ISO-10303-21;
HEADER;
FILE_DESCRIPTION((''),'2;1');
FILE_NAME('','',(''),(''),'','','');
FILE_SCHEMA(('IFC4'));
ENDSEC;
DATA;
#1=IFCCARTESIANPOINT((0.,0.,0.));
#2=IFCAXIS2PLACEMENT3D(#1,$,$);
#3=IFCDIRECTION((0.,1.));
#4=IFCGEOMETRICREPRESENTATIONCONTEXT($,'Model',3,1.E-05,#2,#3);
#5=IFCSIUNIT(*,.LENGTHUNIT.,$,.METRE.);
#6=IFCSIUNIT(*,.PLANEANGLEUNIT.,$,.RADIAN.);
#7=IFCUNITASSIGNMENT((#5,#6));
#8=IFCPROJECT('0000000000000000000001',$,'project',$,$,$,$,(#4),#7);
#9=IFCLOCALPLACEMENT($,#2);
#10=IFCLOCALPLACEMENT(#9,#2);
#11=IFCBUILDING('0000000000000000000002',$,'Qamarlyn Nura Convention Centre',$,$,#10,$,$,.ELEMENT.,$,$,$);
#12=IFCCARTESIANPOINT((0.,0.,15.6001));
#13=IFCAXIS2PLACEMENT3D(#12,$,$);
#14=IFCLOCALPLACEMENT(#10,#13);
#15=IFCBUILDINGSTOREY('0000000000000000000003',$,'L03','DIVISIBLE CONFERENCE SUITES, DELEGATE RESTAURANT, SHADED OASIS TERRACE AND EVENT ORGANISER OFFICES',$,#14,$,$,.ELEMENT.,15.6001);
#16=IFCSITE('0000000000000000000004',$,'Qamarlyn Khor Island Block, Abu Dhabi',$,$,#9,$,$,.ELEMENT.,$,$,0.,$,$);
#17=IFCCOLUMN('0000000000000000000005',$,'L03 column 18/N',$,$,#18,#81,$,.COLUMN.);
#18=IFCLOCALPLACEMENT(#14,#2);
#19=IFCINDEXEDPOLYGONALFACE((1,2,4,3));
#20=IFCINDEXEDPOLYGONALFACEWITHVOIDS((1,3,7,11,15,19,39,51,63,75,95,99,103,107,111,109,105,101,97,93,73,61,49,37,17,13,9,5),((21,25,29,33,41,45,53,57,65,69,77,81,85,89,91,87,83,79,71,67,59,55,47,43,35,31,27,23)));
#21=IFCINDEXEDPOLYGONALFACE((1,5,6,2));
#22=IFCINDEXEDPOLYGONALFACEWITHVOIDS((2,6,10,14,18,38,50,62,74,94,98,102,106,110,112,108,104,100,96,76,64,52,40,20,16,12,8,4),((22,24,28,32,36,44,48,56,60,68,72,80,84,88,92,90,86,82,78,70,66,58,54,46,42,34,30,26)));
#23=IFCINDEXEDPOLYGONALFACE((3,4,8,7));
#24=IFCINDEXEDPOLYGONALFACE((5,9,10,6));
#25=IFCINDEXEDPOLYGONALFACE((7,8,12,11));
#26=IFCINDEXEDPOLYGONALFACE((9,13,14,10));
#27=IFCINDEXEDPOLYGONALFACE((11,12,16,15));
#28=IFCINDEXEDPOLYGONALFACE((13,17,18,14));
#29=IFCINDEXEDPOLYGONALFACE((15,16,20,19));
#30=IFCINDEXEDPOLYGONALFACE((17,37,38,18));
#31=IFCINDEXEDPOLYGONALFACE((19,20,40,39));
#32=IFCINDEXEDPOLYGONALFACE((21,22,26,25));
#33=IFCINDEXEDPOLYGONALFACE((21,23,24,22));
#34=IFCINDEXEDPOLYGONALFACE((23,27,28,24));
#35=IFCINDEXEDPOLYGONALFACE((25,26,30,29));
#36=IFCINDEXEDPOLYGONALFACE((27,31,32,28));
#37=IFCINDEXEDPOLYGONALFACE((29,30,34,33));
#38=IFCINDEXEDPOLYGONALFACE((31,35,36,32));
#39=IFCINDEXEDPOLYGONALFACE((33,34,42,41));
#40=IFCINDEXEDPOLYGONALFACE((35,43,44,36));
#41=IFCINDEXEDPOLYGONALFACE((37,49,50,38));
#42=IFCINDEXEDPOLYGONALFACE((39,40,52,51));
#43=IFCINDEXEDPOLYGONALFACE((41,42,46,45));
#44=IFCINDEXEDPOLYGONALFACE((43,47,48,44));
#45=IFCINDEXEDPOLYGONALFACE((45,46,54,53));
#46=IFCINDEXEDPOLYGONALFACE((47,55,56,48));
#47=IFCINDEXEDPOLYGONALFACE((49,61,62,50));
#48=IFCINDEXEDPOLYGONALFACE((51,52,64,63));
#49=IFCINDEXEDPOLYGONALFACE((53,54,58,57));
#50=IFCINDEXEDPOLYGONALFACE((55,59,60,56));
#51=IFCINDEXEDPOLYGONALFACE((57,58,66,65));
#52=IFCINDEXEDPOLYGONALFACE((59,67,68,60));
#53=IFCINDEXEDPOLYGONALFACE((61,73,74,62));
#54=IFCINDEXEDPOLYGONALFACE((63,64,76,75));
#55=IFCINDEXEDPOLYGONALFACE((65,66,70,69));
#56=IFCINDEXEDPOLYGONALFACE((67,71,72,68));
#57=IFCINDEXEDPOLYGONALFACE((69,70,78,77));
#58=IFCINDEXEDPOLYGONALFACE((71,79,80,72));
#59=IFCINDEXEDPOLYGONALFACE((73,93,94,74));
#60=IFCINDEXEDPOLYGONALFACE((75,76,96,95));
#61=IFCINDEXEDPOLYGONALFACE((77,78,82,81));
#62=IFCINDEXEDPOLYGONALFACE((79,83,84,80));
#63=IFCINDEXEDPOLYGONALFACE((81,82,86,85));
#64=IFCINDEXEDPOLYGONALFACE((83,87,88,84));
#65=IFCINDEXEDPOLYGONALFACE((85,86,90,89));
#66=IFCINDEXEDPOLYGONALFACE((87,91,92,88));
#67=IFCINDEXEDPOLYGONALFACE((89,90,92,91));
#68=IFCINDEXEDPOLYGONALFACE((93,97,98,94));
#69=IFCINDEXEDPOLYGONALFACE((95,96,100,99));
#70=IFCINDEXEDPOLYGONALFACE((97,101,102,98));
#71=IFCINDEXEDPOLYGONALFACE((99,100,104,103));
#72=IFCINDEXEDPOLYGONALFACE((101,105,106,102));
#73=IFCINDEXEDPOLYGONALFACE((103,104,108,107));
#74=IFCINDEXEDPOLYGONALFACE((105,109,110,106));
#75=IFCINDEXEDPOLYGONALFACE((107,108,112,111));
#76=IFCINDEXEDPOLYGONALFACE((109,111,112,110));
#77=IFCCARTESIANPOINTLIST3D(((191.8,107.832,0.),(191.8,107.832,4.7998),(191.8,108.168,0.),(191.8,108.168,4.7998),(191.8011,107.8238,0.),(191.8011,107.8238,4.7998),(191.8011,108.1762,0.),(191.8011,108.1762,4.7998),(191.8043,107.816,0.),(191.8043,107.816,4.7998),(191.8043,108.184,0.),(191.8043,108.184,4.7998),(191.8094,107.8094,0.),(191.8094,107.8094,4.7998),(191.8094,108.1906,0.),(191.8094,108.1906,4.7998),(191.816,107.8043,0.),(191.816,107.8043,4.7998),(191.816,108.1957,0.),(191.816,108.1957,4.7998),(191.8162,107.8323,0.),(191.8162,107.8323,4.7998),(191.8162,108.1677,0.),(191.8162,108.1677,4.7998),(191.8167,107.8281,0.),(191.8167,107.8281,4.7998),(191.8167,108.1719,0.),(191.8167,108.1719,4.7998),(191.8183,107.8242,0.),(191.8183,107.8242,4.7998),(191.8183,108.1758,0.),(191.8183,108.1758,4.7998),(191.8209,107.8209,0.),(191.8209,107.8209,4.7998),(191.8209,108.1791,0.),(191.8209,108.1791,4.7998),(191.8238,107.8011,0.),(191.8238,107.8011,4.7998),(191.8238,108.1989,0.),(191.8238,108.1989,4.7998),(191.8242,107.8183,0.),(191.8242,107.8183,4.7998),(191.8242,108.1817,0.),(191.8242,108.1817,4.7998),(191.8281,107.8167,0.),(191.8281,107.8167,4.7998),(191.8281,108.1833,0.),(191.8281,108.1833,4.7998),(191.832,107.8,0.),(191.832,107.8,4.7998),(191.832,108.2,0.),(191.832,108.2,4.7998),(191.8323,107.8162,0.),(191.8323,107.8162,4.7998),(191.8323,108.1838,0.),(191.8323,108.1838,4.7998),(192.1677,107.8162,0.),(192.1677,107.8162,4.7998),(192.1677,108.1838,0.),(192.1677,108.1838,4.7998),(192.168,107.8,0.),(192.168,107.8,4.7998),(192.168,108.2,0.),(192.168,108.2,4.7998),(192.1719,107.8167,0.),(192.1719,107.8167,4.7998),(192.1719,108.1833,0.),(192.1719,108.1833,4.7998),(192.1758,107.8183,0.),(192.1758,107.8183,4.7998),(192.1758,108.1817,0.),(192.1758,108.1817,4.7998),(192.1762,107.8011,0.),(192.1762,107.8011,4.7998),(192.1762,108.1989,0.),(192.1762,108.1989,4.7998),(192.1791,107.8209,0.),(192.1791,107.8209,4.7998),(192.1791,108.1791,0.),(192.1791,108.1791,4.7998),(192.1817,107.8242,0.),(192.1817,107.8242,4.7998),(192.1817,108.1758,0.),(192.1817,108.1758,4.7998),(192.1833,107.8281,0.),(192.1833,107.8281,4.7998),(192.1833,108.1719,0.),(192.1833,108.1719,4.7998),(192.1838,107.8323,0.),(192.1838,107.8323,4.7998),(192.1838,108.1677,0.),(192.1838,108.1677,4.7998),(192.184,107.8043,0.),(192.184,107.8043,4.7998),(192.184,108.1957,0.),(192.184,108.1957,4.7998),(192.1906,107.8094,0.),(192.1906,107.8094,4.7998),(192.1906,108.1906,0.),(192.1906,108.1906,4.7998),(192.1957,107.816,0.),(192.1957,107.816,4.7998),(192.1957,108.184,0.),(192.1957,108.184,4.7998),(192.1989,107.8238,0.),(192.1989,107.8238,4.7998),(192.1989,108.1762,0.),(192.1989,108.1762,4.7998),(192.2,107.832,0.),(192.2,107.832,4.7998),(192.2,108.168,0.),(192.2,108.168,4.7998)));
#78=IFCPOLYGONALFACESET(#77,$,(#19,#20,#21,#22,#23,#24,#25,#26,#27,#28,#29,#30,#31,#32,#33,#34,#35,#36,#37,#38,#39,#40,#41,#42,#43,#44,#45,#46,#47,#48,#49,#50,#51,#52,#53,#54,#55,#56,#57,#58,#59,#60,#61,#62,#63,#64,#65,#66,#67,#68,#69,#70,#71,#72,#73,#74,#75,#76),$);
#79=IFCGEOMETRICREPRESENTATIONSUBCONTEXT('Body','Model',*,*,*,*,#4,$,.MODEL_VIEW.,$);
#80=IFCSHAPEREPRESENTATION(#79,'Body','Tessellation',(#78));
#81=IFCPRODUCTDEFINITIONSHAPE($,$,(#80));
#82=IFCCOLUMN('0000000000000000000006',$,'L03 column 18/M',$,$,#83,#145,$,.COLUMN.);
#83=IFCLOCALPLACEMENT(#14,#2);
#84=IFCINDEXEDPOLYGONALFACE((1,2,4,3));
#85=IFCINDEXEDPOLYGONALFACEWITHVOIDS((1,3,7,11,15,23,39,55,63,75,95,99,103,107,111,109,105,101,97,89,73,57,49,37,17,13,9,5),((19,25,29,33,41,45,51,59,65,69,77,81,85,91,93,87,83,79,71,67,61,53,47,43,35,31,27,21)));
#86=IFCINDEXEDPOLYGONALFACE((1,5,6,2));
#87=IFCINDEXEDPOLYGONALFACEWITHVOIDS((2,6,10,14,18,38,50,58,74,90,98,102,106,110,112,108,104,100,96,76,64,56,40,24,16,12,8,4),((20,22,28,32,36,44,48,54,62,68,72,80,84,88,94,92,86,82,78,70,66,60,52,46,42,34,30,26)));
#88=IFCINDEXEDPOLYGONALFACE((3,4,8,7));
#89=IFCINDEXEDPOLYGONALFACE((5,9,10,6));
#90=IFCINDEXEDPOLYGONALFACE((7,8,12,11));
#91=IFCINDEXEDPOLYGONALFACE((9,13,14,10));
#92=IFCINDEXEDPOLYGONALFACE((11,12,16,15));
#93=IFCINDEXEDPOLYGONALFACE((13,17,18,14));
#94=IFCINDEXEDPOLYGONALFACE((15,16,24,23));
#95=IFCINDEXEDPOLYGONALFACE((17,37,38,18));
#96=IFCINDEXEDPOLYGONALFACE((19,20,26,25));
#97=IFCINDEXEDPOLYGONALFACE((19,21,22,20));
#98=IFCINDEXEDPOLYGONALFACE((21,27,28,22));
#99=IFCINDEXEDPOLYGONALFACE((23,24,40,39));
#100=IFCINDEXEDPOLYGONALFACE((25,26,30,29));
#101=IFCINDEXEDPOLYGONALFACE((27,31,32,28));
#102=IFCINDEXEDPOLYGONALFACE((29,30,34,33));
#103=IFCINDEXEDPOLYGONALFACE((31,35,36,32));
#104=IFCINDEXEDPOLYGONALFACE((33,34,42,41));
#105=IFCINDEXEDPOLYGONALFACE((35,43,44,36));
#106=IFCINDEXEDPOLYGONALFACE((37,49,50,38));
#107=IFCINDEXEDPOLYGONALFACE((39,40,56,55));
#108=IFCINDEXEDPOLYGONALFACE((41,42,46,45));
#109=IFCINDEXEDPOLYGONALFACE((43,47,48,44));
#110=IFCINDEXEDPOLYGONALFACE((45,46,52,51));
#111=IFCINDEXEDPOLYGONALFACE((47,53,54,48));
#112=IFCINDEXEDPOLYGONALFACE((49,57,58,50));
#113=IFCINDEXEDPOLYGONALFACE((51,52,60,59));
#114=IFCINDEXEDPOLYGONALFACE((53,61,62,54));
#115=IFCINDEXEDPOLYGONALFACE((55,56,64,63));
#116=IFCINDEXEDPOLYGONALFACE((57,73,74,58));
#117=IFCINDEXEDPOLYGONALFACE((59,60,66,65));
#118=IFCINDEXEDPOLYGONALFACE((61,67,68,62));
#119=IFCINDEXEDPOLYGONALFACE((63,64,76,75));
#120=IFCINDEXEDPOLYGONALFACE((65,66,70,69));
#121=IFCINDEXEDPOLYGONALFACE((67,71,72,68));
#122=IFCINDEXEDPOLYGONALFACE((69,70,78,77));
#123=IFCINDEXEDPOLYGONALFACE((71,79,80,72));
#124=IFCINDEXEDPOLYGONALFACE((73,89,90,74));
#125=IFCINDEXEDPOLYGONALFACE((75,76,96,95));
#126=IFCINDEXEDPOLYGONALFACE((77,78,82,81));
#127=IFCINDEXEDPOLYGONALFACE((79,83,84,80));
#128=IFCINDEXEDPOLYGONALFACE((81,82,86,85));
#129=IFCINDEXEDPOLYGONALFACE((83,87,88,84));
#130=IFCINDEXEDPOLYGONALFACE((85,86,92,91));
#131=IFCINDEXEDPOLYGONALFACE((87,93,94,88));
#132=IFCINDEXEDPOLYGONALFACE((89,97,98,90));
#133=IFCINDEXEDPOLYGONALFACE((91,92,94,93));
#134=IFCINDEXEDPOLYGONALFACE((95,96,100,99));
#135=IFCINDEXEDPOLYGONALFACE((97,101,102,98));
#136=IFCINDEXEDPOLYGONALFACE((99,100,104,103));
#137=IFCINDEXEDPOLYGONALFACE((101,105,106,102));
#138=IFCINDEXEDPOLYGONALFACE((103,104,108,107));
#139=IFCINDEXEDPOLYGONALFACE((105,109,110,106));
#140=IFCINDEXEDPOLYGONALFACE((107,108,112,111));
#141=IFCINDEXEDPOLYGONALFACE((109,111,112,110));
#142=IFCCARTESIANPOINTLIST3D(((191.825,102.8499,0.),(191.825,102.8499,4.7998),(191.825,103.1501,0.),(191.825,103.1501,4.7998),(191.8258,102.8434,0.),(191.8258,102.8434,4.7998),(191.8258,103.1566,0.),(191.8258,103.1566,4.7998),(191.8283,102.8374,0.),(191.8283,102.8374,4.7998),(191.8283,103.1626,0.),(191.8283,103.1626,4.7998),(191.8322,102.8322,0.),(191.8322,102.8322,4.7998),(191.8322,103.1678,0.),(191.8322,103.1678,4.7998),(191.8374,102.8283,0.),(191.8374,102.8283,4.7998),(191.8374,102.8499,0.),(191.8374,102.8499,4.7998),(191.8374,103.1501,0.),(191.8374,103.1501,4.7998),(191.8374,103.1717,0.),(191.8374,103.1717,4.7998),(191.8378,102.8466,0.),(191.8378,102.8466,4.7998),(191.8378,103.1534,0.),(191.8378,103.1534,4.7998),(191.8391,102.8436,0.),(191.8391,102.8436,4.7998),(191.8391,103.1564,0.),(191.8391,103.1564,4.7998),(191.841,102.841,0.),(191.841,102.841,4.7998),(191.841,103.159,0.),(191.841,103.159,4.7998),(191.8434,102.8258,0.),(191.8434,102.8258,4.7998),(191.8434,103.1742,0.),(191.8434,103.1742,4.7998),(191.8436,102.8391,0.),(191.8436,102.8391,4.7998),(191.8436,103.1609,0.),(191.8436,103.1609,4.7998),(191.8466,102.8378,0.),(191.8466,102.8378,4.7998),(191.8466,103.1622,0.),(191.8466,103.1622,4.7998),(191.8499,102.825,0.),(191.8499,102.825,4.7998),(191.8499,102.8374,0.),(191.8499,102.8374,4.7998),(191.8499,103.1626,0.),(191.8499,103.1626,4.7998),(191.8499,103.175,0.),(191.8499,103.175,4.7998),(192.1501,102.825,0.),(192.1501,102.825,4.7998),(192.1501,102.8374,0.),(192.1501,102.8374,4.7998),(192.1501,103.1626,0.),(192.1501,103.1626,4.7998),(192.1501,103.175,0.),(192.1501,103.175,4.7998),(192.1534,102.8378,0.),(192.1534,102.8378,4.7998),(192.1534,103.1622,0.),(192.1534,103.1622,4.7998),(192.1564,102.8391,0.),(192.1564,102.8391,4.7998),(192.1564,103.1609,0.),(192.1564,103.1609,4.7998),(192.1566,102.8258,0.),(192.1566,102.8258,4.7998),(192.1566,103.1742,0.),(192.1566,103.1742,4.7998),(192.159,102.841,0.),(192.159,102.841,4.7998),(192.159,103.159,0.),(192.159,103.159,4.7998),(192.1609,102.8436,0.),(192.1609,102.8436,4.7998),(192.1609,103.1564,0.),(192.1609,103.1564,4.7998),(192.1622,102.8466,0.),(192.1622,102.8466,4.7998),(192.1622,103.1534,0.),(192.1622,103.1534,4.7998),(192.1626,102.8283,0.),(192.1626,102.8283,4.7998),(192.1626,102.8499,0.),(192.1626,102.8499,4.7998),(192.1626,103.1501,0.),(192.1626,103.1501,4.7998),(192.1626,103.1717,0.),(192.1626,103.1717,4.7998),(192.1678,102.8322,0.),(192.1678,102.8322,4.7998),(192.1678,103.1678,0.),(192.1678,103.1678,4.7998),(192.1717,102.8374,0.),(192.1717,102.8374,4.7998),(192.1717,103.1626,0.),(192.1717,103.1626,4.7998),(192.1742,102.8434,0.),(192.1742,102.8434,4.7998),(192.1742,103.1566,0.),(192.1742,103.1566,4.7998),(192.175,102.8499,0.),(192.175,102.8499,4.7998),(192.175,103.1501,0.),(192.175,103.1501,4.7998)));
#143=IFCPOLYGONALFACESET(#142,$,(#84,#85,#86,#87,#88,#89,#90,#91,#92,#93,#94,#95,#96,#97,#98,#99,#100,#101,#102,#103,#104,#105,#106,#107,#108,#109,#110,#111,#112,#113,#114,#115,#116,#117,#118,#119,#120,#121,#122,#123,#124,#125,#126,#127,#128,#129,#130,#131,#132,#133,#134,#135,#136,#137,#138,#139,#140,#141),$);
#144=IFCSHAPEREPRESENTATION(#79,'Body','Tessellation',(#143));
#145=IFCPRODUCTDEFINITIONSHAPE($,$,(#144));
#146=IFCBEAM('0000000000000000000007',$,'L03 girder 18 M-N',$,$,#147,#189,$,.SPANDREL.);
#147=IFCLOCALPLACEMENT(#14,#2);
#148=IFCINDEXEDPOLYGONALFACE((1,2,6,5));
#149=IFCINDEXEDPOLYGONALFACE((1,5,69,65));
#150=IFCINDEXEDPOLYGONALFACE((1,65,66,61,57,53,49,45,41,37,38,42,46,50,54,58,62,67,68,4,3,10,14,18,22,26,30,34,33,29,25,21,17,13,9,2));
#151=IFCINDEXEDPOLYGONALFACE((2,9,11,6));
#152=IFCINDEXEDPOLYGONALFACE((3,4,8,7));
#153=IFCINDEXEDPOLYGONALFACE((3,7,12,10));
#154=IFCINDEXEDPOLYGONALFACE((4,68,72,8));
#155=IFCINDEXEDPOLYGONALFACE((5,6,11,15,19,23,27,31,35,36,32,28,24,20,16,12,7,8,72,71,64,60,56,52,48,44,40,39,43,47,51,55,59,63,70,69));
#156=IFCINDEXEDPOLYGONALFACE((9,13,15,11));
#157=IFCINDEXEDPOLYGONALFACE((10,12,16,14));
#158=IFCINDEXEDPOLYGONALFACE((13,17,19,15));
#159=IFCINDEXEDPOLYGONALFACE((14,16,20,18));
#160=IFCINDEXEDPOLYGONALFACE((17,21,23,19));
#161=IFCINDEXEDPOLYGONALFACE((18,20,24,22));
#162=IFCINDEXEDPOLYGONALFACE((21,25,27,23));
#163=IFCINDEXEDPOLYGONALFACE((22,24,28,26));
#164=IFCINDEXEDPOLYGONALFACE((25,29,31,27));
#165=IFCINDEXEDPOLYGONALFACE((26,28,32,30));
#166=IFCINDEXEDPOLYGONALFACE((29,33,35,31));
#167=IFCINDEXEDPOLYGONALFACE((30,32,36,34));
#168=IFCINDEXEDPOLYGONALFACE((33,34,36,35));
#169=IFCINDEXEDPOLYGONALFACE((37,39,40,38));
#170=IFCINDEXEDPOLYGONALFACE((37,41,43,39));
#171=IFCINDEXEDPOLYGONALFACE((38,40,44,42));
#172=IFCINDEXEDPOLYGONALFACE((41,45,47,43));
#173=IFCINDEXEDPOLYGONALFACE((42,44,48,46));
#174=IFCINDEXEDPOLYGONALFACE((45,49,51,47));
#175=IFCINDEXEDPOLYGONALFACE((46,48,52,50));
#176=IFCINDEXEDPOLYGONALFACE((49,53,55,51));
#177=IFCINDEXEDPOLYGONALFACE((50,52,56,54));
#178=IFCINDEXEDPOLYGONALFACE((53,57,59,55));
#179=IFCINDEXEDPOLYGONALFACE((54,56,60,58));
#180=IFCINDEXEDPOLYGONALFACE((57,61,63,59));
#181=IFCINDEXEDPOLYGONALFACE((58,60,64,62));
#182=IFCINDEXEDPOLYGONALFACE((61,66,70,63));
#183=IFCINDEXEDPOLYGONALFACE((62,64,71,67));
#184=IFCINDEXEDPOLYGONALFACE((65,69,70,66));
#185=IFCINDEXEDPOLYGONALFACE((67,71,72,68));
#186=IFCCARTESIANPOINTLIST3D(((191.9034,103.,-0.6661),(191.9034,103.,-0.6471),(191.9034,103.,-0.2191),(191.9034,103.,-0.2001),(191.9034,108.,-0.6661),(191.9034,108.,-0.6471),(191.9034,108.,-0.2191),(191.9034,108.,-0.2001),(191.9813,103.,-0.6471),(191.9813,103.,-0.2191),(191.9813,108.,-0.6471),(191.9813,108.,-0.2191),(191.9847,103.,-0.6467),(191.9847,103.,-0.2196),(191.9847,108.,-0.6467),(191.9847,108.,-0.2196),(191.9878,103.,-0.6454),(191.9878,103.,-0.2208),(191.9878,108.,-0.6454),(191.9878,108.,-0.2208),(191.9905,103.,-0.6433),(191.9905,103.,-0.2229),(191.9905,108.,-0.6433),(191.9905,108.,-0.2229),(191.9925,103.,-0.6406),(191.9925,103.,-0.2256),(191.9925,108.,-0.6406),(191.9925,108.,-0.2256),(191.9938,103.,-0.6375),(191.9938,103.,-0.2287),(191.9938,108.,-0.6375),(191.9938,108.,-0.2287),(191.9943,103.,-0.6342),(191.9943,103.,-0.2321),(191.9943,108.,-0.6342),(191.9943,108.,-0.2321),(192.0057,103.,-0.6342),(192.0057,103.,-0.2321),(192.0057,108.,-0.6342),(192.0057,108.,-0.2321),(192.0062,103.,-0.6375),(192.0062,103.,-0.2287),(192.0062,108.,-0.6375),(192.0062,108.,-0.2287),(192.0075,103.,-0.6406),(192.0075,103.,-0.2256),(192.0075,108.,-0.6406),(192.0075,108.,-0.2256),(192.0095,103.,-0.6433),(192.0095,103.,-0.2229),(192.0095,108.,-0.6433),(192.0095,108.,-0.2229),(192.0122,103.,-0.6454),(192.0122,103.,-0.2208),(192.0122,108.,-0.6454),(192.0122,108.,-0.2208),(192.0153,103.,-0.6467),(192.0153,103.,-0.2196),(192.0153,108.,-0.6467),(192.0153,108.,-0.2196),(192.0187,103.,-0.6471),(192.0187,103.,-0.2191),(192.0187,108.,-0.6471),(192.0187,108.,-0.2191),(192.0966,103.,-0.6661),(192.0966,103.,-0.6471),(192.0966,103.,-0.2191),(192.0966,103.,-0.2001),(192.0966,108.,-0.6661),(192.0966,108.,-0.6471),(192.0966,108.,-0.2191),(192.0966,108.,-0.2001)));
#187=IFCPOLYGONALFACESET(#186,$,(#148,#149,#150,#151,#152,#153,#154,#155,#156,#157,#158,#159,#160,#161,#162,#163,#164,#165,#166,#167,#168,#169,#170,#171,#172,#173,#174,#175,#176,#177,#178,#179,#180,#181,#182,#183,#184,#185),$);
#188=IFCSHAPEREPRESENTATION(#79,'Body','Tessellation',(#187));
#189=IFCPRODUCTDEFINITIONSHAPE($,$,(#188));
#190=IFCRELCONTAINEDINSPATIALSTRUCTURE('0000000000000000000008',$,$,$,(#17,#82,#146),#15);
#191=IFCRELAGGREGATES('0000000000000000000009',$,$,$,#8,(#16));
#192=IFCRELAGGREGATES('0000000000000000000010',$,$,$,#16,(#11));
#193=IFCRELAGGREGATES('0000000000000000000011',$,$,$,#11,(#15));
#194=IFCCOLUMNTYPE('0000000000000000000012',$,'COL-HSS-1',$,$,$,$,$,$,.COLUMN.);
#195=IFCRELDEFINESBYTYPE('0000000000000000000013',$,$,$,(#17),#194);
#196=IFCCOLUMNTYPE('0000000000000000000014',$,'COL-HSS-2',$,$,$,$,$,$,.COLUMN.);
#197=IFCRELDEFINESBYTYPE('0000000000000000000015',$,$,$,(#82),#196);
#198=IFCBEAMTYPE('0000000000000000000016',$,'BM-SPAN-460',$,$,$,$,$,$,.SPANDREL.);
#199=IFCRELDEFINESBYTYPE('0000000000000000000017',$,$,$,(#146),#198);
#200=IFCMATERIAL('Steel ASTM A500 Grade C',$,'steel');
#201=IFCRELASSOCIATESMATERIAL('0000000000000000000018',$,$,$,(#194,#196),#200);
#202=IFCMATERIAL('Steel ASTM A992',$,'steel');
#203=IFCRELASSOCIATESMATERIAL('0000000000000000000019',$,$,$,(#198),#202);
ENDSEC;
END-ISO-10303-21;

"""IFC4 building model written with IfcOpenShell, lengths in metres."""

from ifc_helpers import new_model, si_unit, direction, frame, origin, origin_2d, place, context, subcontext, project, spatial, hollow_rectangle, i_section, extrude, material, material_profile, profile_set, type_object, element, save


model = new_model("IFC4")

# Units and contexts
model_context = context("Model", 3, precision=1e-05, world=origin(), true_north=direction((0.0, 1.0)))
body_context = subcontext(model_context, "Body", "Model", "MODEL_VIEW")
ifc_project = project(units=[si_unit("LENGTHUNIT", "METRE"), si_unit("PLANEANGLEUNIT", "RADIAN")], contexts=[model_context])

# Site, building, storey
site_placement = place(None, origin())
site = spatial("IfcSite", under=ifc_project, at=site_placement, Name="Qamarlyn Khor Island Block, Abu Dhabi", CompositionType="ELEMENT", RefElevation=0.0)
building_placement = place(site_placement, origin())
building = spatial("IfcBuilding", under=site, at=building_placement, Name="Qamarlyn Nura Convention Centre", CompositionType="ELEMENT")
storey_placement = place(building_placement, frame((0.0, 0.0, 15.6001)))
storey = spatial("IfcBuildingStorey", under=building, at=storey_placement, Name="L03", Description="DIVISIBLE CONFERENCE SUITES, DELEGATE RESTAURANT, SHADED OASIS TERRACE AND EVENT ORGANISER OFFICES", CompositionType="ELEMENT", Elevation=15.6001)

# Columns
ifc_material_1 = material(Name="Steel ASTM A500 Grade C", Category="steel")
ifc_material_profile_1 = material_profile(ifc_material_1, hollow_rectangle(XDim=0.3999, YDim=0.3999, WallThickness=0.0161, InnerFilletRadius=0.0161, OuterFilletRadius=0.032, at=origin_2d()), Name="HSS400X400X16")
ifc_profile_set_1 = profile_set([ifc_material_profile_1], Name="Steel ASTM A500 Grade C")
column_type_1 = type_object("IfcColumnType", Name="COL-HSS-1", PredefinedType="COLUMN", material=ifc_profile_set_1)
column_1_placement = place(storey_placement, frame((192.0, 108.0, 0.0), z_axis=(0.0, 0.0, 1.0), x_axis=(1.0, 0.0, 0.0)))
element("IfcColumn", 1, at=column_1_placement, inside=storey, type_object=column_type_1, Name="L03 column 18/N", PredefinedType="COLUMN", context=body_context, shape_type="SweptSolid", body=[
    extrude(hollow_rectangle(XDim=0.3999, YDim=0.3999, WallThickness=0.0161, InnerFilletRadius=0.0161, OuterFilletRadius=0.032, at=origin_2d()), origin(), (0.0, 0.0, 1.0), 4.7998),
])
ifc_material_profile_2 = material_profile(ifc_material_1, hollow_rectangle(XDim=0.3501, YDim=0.3501, WallThickness=0.0125, InnerFilletRadius=0.0125, OuterFilletRadius=0.0249, at=origin_2d()), Name="HSS350X350X12.5")
ifc_profile_set_2 = profile_set([ifc_material_profile_2], Name="Steel ASTM A500 Grade C")
column_type_2 = type_object("IfcColumnType", Name="COL-HSS-2", PredefinedType="COLUMN", material=ifc_profile_set_2)
column_2_placement = place(storey_placement, frame((192.0, 103.0, 0.0), z_axis=(0.0, 0.0, 1.0), x_axis=(1.0, 0.0, 0.0)))
element("IfcColumn", 2, at=column_2_placement, inside=storey, type_object=column_type_2, Name="L03 column 18/M", PredefinedType="COLUMN", context=body_context, shape_type="SweptSolid", body=[
    extrude(hollow_rectangle(XDim=0.3501, YDim=0.3501, WallThickness=0.0125, InnerFilletRadius=0.0125, OuterFilletRadius=0.0249, at=origin_2d()), origin(), (0.0, 0.0, 1.0), 4.7998),
])

# Beam
ifc_material_2 = material(Name="Steel ASTM A992", Category="steel")
ifc_material_profile_3 = material_profile(ifc_material_2, i_section(OverallWidth=0.1931, OverallDepth=0.4661, WebThickness=0.0115, FlangeThickness=0.019, FilletRadius=0.0129, at=origin_2d()), Name="W460X97")
ifc_profile_set_3 = profile_set([ifc_material_profile_3], Name="Steel ASTM A992")
beam_type_1 = type_object("IfcBeamType", Name="BM-SPAN-460", PredefinedType="SPANDREL", material=ifc_profile_set_3)
beam_1_placement = place(storey_placement, frame((192.0, 103.0, -0.4331), z_axis=(0.0, 1.0, 0.0), x_axis=(-1.0, 0.0, 0.0)))
element("IfcBeam", 3, at=beam_1_placement, inside=storey, type_object=beam_type_1, Name="L03 girder 18 M-N", PredefinedType="SPANDREL", context=body_context, shape_type="SweptSolid", body=[
    extrude(i_section(OverallWidth=0.1931, OverallDepth=0.4661, WebThickness=0.0115, FlangeThickness=0.019, FilletRadius=0.0129, at=origin_2d()), origin(), (0.0, 0.0, 1.0), 5.0),
])

save(model, "model.ifc")
